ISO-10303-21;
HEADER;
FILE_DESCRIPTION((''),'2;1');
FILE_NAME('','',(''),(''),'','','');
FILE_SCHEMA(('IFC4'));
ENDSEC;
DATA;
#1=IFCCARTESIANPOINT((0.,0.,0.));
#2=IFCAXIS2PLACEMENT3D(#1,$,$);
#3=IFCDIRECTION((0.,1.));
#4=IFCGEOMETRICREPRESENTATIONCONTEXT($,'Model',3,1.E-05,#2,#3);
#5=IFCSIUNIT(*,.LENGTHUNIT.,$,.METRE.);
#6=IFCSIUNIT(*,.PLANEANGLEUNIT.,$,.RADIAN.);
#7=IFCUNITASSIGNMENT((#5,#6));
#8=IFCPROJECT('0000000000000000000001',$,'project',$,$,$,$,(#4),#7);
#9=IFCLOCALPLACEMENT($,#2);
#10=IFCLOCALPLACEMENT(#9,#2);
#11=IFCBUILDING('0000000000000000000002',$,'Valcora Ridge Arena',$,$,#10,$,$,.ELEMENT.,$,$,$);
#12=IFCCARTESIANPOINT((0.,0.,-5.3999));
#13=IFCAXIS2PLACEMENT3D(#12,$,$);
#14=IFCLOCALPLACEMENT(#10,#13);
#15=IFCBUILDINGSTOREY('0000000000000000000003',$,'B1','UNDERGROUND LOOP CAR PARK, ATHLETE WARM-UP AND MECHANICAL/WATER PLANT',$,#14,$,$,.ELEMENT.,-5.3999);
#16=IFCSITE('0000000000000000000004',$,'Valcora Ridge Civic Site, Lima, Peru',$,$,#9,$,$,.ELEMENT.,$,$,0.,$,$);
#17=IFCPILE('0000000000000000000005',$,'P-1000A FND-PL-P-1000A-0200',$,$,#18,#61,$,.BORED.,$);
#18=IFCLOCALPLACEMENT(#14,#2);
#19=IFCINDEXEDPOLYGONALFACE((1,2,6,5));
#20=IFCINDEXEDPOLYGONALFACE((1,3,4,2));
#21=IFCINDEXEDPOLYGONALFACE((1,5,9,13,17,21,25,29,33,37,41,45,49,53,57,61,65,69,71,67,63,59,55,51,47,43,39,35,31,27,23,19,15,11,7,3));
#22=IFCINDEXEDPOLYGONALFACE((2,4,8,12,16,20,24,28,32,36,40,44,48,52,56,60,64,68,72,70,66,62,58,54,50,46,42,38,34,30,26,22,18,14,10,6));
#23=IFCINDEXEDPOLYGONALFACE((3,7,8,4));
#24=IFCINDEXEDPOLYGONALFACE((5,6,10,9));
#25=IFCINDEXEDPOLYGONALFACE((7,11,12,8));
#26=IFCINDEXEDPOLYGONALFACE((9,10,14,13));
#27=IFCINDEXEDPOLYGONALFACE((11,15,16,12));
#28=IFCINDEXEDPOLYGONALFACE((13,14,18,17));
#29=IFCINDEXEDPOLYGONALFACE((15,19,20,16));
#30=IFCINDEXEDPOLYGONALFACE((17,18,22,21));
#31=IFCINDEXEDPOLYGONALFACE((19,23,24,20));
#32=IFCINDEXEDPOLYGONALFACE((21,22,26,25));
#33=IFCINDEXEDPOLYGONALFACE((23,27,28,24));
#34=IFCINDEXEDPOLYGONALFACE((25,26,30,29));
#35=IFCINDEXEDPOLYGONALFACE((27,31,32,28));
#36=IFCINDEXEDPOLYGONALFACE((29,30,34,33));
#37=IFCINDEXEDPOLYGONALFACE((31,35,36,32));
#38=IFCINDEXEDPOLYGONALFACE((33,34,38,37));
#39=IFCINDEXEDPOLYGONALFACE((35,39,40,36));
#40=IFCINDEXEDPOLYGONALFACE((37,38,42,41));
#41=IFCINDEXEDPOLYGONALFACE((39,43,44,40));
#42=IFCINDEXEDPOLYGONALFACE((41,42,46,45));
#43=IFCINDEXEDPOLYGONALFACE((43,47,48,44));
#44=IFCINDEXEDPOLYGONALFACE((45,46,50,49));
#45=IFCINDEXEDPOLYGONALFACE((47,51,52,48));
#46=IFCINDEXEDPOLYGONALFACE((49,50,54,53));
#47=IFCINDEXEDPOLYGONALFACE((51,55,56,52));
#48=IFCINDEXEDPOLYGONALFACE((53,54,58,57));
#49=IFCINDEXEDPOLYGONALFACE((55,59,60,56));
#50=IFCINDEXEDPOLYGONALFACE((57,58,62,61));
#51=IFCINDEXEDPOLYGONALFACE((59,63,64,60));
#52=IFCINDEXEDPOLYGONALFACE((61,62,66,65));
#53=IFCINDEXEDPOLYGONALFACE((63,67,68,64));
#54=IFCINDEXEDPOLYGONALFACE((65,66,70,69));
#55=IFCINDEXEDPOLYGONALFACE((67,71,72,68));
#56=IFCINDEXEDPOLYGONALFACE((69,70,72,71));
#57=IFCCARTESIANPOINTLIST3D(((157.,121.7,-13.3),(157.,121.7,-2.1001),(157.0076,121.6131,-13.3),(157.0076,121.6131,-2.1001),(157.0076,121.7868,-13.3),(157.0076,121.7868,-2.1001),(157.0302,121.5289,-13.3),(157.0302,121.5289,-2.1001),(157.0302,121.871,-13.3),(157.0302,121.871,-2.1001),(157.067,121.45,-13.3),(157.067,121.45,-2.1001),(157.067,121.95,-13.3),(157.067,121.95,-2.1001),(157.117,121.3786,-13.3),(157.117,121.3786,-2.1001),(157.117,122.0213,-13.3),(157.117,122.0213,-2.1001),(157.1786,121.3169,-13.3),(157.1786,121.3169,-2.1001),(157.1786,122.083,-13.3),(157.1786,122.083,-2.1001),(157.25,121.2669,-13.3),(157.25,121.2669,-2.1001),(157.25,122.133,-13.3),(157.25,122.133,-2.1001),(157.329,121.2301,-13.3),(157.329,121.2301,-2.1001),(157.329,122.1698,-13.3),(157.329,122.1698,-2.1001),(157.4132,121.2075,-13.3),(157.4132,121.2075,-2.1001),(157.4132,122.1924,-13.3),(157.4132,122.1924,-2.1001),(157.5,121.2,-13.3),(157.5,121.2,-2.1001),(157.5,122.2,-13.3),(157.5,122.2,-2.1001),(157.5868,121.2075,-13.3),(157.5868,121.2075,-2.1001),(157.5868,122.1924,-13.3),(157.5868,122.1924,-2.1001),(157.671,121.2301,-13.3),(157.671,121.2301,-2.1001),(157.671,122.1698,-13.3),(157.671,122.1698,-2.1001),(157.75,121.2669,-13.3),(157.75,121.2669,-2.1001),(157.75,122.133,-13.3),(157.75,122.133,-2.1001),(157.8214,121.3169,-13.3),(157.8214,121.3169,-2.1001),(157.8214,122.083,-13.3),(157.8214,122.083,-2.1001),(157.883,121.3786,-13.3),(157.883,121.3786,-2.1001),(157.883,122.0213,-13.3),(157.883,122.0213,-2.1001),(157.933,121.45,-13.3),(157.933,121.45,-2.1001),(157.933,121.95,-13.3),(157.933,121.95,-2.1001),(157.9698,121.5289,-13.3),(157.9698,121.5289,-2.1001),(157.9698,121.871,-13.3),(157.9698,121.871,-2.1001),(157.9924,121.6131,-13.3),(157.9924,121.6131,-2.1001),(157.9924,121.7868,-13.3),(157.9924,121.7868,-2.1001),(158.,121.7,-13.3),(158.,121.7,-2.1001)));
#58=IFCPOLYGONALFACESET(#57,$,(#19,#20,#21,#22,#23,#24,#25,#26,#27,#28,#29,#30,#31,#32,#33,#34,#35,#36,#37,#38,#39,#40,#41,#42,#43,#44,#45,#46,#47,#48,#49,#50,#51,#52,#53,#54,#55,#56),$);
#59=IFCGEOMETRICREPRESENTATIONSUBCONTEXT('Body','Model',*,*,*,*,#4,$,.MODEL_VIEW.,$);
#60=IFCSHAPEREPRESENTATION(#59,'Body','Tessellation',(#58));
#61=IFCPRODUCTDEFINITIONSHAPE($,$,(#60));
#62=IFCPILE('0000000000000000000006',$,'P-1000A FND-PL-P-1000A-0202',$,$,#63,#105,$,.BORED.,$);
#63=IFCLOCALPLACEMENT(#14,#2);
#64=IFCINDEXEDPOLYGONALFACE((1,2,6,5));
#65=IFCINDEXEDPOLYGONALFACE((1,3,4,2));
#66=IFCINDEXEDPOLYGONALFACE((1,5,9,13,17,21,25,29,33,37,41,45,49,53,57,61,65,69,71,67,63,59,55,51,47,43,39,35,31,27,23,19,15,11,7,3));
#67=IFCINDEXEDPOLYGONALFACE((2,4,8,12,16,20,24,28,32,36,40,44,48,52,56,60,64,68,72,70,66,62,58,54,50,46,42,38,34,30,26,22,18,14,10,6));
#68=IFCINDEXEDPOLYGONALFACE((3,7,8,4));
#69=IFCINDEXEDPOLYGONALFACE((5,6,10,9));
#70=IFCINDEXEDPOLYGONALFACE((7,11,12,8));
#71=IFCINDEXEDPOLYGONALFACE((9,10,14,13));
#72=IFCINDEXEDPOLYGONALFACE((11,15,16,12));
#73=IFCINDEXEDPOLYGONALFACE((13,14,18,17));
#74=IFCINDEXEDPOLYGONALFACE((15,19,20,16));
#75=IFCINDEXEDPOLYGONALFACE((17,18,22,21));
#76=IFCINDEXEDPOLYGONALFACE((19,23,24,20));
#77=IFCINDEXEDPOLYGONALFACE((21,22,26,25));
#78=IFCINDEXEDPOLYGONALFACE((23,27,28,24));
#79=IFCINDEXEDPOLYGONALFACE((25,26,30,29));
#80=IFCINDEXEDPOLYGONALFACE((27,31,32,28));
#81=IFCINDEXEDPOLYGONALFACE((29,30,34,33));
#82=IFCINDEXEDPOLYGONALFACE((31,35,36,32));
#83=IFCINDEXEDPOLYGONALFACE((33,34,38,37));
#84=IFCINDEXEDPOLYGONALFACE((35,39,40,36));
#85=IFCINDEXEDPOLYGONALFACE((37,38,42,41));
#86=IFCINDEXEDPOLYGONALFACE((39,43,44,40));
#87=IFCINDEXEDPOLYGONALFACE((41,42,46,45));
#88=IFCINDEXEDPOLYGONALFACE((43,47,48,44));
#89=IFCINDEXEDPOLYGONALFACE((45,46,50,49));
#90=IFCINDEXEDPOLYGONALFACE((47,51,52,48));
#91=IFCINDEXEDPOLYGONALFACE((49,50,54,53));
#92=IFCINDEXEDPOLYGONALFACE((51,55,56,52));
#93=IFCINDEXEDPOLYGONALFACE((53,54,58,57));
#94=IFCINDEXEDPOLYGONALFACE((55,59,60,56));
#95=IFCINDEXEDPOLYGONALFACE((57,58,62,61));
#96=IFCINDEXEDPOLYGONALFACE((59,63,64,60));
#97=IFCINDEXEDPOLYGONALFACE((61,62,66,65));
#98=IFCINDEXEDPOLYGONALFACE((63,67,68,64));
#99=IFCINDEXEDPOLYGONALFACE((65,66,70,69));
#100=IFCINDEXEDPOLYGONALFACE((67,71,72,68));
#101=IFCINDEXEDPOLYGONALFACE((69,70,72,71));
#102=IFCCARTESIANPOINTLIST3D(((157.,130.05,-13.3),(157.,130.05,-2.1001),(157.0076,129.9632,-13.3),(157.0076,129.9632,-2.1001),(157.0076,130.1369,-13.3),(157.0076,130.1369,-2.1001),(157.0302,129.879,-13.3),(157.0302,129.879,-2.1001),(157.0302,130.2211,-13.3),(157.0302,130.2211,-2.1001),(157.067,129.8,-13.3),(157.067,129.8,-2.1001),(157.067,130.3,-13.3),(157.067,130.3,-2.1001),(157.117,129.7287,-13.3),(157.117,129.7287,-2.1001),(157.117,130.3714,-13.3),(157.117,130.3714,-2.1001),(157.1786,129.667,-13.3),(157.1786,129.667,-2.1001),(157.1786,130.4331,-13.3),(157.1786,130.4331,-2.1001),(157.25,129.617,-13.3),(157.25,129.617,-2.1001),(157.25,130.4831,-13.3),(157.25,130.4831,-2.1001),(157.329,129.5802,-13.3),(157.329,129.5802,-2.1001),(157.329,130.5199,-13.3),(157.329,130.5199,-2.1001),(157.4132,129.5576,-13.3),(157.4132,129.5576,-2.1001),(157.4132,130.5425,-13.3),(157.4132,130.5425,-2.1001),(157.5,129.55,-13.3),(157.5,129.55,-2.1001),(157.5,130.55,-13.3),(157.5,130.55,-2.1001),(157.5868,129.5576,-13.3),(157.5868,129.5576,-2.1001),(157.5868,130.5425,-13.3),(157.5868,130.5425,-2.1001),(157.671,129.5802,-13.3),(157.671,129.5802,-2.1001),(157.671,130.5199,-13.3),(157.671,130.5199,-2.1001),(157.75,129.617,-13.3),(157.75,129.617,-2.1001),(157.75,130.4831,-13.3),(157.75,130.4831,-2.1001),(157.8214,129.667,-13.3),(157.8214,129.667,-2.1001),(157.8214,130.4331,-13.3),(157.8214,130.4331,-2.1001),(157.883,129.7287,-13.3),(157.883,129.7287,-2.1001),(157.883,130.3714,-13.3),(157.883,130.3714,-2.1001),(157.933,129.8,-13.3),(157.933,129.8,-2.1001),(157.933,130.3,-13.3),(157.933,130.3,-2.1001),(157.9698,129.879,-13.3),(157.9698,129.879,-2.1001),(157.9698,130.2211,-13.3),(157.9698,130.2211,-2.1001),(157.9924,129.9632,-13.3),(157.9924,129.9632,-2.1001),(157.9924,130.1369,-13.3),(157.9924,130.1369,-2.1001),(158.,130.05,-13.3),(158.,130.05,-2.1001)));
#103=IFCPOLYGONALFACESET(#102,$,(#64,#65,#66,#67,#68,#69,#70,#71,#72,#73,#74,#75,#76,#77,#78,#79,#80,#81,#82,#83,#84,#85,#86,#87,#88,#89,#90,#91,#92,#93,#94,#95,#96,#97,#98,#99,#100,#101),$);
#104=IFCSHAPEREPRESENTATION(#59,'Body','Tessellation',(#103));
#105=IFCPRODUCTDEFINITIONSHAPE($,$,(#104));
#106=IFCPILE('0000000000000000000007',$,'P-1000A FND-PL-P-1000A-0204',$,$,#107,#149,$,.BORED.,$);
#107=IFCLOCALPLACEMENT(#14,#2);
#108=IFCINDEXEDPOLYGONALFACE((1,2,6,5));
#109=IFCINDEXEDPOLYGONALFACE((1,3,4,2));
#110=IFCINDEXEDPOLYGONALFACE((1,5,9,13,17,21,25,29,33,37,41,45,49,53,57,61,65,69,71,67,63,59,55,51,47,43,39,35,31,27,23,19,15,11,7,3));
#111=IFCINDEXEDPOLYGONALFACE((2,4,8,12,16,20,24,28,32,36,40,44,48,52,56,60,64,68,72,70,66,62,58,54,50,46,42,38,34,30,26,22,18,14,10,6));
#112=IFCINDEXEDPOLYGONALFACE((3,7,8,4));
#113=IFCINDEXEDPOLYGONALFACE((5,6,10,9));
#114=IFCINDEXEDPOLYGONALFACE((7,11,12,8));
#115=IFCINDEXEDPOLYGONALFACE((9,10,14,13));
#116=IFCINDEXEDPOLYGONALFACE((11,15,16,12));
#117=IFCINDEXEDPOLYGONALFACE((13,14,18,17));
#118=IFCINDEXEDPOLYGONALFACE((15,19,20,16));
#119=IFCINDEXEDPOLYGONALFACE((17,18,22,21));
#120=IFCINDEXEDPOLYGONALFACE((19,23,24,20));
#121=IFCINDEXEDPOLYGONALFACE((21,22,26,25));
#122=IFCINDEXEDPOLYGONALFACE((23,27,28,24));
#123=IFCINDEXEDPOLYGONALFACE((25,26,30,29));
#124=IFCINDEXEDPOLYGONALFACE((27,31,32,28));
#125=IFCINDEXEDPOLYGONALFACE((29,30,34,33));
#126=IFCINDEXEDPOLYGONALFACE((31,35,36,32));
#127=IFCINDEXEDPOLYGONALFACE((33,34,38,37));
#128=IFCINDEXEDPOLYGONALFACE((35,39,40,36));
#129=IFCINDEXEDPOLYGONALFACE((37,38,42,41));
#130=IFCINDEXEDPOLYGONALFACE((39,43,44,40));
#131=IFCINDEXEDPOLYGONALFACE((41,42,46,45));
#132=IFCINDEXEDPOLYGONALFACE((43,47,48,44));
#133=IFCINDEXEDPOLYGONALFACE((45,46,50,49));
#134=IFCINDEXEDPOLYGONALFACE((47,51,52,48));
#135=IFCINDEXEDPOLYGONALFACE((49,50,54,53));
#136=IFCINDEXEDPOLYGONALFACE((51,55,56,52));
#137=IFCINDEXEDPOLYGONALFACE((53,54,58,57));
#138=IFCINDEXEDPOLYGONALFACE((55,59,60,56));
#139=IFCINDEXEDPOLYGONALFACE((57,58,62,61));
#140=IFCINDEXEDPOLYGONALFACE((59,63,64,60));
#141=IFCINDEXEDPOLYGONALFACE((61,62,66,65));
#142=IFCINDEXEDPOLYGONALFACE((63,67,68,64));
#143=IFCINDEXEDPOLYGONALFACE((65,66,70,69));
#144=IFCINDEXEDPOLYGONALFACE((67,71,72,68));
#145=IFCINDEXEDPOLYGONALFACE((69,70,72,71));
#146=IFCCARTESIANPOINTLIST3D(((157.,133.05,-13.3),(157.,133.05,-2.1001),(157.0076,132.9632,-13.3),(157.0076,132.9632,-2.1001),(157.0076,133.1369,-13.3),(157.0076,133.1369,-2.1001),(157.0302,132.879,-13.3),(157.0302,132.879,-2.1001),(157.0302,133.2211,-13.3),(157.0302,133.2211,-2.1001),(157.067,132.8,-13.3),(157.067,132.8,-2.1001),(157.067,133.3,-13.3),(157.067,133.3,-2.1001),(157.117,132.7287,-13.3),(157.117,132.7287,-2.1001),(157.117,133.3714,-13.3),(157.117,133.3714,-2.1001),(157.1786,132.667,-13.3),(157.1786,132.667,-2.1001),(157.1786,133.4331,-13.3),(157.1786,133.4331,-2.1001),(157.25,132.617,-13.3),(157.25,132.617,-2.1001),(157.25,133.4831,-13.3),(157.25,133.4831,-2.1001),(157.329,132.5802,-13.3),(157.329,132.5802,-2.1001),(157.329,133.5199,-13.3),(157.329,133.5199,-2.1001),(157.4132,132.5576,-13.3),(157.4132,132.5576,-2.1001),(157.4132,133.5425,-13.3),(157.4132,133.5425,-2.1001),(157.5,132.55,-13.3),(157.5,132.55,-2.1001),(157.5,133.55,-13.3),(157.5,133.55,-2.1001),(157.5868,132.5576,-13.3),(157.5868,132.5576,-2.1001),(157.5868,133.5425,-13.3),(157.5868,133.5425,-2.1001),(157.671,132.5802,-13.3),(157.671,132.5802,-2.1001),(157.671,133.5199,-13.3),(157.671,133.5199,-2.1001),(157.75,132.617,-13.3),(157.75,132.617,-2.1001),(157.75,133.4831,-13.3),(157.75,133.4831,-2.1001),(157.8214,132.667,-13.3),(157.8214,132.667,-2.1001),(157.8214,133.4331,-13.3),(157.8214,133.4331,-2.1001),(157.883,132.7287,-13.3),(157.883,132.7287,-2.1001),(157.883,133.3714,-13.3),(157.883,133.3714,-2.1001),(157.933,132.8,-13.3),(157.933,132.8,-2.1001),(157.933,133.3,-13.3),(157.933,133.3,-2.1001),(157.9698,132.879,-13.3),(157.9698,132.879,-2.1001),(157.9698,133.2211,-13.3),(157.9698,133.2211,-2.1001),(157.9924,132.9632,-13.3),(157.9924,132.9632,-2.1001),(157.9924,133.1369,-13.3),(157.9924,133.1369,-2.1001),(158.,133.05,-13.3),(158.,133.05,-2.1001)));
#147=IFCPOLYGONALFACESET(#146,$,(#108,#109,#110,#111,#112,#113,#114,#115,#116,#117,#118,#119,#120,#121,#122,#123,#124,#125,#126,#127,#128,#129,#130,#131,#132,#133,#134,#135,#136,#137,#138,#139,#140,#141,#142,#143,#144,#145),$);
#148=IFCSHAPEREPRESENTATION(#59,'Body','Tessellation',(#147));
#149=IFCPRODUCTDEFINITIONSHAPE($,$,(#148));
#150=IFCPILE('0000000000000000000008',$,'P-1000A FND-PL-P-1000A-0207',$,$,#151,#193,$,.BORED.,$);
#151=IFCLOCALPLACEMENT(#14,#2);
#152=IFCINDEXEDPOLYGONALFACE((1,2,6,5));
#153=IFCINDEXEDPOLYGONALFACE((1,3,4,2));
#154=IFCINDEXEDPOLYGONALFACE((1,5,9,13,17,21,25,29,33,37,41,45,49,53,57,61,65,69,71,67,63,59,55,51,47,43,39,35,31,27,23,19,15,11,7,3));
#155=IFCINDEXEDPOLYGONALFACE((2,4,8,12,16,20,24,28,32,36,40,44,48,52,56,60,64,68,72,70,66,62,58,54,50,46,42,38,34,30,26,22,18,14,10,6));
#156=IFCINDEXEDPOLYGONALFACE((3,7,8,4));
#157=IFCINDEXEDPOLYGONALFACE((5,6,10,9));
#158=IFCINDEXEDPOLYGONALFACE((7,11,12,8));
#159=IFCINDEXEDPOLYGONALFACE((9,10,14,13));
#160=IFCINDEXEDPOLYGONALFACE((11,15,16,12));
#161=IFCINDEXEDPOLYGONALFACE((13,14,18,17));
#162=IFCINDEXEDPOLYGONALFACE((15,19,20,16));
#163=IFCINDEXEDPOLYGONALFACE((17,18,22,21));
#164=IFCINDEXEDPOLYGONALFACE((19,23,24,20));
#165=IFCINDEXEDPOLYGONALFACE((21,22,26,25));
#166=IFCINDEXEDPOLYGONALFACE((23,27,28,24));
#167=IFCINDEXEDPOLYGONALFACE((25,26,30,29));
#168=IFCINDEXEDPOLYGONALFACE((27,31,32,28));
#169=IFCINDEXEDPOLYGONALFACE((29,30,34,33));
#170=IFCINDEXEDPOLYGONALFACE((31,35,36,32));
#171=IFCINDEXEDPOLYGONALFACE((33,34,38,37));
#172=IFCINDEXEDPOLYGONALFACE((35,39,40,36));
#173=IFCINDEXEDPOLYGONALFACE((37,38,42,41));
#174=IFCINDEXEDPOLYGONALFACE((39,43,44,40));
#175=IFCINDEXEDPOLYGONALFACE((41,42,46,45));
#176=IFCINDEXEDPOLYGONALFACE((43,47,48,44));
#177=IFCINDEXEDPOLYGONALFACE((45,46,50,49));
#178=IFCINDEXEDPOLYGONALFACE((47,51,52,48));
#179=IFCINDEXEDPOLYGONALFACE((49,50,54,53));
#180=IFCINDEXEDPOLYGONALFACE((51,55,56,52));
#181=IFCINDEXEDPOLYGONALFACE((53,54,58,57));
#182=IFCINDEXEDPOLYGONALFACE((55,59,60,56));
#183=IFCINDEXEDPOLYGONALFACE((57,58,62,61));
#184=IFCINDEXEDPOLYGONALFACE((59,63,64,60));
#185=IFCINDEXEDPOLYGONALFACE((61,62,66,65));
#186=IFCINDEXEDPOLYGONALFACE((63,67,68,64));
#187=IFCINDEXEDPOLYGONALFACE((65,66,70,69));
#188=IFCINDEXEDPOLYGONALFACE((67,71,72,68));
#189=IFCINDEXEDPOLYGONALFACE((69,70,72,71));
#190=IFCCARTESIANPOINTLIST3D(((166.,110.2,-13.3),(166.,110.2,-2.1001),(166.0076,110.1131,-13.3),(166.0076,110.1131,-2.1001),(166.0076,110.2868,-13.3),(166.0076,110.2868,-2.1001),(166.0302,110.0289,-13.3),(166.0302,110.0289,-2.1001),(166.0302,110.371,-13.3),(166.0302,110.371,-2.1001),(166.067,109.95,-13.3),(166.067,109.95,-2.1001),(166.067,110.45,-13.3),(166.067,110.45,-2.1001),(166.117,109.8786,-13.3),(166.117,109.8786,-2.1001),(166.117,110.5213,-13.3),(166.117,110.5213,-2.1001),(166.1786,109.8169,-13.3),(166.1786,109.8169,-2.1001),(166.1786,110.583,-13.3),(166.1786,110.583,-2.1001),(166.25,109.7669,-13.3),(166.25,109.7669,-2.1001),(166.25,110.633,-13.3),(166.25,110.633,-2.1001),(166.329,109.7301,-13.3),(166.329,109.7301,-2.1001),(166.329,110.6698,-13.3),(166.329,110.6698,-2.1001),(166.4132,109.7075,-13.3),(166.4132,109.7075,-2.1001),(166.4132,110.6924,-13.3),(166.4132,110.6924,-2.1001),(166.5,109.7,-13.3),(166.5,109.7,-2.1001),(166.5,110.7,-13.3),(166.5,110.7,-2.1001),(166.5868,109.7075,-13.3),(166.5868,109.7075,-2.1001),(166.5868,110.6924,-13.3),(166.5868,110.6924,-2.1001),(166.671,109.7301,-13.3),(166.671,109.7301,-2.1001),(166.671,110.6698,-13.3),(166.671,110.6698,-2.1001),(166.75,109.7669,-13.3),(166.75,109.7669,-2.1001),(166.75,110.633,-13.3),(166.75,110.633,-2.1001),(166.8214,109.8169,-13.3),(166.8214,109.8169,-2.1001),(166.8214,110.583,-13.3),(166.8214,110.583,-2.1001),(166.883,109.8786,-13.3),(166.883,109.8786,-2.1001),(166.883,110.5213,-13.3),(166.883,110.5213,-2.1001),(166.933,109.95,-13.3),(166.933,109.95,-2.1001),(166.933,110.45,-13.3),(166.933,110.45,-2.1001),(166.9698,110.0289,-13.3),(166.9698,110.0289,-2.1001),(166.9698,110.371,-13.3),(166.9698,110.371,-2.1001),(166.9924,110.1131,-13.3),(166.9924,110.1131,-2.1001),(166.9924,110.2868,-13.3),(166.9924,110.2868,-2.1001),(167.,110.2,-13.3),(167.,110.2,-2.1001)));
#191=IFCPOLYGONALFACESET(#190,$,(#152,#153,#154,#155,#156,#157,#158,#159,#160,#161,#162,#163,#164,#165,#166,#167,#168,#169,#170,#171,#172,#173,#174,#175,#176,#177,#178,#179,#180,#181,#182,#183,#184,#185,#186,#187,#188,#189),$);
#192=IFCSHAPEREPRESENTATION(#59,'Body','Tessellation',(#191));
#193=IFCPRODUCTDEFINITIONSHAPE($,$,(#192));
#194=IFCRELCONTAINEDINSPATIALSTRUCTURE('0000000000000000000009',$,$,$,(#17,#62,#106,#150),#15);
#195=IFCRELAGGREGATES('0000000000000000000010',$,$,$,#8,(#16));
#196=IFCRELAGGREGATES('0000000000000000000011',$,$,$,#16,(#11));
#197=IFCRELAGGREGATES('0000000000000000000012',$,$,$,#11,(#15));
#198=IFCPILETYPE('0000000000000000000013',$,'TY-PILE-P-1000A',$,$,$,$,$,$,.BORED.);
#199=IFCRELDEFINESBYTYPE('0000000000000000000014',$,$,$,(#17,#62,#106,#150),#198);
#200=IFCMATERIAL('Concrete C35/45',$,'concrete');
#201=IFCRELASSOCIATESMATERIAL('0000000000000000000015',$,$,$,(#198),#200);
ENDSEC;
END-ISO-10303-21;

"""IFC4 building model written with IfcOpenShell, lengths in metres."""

from ifc_helpers import new_model, si_unit, direction, frame, origin, origin_2d, place, context, subcontext, project, spatial, circle, extrude, material, material_profile, profile_set, type_object, element, save


model = new_model("IFC4")

# Units and contexts
model_context = context("Model", 3, precision=1e-05, world=origin(), true_north=direction((0.0, 1.0)))
body_context = subcontext(model_context, "Body", "Model", "MODEL_VIEW")
ifc_project = project(units=[si_unit("LENGTHUNIT", "METRE"), si_unit("PLANEANGLEUNIT", "RADIAN")], contexts=[model_context])

# Site, building, storey
site_placement = place(None, origin())
site = spatial("IfcSite", under=ifc_project, at=site_placement, Name="Valcora Ridge Civic Site, Lima, Peru", CompositionType="ELEMENT", RefElevation=0.0)
building_placement = place(site_placement, origin())
building = spatial("IfcBuilding", under=site, at=building_placement, Name="Valcora Ridge Arena", CompositionType="ELEMENT")
storey_placement = place(building_placement, frame((0.0, 0.0, -5.3999)))
storey = spatial("IfcBuildingStorey", under=building, at=storey_placement, Name="B1", Description="UNDERGROUND LOOP CAR PARK, ATHLETE WARM-UP AND MECHANICAL/WATER PLANT", CompositionType="ELEMENT", Elevation=-5.3999)

# Piles
ifc_material_1 = material(Name="Concrete C35/45", Category="concrete")
ifc_material_profile_1 = material_profile(ifc_material_1, circle(Radius=0.5, at=origin_2d()), Name="BORED PILE D1000")
ifc_profile_set_1 = profile_set([ifc_material_profile_1], Name="Concrete C35/45")
pile_type_1 = type_object("IfcPileType", Name="TY-PILE-P-1000A", PredefinedType="BORED", material=ifc_profile_set_1)
for number, where, z_axis, x_axis, name in (
    (1, (157.5, 121.7, -2.1001), (0.0, 0.0, -1.0), (1.0, 0.0, 0.0), "P-1000A FND-PL-P-1000A-0200"),
    (2, (157.5, 130.05, -2.1001), (0.0, 0.0, -1.0), (1.0, 0.0, 0.0), "P-1000A FND-PL-P-1000A-0202"),
    (3, (157.5, 133.05, -2.1001), (0.0, 0.0, -1.0), (1.0, 0.0, 0.0), "P-1000A FND-PL-P-1000A-0204"),
    (4, (166.5, 110.2, -2.1001), (0.0, 0.0, -1.0), (1.0, 0.0, 0.0), "P-1000A FND-PL-P-1000A-0207"),
):
    element("IfcPile", number, at=place(storey_placement, frame(where, z_axis=z_axis, x_axis=x_axis)), inside=storey, type_object=pile_type_1, Name=name, PredefinedType="BORED", context=body_context, shape_type="SweptSolid", body=[
        extrude(circle(Radius=0.5, at=origin_2d()), origin(), (0.0, 0.0, 1.0), 11.2),
    ])

save(model, "model.ifc")
